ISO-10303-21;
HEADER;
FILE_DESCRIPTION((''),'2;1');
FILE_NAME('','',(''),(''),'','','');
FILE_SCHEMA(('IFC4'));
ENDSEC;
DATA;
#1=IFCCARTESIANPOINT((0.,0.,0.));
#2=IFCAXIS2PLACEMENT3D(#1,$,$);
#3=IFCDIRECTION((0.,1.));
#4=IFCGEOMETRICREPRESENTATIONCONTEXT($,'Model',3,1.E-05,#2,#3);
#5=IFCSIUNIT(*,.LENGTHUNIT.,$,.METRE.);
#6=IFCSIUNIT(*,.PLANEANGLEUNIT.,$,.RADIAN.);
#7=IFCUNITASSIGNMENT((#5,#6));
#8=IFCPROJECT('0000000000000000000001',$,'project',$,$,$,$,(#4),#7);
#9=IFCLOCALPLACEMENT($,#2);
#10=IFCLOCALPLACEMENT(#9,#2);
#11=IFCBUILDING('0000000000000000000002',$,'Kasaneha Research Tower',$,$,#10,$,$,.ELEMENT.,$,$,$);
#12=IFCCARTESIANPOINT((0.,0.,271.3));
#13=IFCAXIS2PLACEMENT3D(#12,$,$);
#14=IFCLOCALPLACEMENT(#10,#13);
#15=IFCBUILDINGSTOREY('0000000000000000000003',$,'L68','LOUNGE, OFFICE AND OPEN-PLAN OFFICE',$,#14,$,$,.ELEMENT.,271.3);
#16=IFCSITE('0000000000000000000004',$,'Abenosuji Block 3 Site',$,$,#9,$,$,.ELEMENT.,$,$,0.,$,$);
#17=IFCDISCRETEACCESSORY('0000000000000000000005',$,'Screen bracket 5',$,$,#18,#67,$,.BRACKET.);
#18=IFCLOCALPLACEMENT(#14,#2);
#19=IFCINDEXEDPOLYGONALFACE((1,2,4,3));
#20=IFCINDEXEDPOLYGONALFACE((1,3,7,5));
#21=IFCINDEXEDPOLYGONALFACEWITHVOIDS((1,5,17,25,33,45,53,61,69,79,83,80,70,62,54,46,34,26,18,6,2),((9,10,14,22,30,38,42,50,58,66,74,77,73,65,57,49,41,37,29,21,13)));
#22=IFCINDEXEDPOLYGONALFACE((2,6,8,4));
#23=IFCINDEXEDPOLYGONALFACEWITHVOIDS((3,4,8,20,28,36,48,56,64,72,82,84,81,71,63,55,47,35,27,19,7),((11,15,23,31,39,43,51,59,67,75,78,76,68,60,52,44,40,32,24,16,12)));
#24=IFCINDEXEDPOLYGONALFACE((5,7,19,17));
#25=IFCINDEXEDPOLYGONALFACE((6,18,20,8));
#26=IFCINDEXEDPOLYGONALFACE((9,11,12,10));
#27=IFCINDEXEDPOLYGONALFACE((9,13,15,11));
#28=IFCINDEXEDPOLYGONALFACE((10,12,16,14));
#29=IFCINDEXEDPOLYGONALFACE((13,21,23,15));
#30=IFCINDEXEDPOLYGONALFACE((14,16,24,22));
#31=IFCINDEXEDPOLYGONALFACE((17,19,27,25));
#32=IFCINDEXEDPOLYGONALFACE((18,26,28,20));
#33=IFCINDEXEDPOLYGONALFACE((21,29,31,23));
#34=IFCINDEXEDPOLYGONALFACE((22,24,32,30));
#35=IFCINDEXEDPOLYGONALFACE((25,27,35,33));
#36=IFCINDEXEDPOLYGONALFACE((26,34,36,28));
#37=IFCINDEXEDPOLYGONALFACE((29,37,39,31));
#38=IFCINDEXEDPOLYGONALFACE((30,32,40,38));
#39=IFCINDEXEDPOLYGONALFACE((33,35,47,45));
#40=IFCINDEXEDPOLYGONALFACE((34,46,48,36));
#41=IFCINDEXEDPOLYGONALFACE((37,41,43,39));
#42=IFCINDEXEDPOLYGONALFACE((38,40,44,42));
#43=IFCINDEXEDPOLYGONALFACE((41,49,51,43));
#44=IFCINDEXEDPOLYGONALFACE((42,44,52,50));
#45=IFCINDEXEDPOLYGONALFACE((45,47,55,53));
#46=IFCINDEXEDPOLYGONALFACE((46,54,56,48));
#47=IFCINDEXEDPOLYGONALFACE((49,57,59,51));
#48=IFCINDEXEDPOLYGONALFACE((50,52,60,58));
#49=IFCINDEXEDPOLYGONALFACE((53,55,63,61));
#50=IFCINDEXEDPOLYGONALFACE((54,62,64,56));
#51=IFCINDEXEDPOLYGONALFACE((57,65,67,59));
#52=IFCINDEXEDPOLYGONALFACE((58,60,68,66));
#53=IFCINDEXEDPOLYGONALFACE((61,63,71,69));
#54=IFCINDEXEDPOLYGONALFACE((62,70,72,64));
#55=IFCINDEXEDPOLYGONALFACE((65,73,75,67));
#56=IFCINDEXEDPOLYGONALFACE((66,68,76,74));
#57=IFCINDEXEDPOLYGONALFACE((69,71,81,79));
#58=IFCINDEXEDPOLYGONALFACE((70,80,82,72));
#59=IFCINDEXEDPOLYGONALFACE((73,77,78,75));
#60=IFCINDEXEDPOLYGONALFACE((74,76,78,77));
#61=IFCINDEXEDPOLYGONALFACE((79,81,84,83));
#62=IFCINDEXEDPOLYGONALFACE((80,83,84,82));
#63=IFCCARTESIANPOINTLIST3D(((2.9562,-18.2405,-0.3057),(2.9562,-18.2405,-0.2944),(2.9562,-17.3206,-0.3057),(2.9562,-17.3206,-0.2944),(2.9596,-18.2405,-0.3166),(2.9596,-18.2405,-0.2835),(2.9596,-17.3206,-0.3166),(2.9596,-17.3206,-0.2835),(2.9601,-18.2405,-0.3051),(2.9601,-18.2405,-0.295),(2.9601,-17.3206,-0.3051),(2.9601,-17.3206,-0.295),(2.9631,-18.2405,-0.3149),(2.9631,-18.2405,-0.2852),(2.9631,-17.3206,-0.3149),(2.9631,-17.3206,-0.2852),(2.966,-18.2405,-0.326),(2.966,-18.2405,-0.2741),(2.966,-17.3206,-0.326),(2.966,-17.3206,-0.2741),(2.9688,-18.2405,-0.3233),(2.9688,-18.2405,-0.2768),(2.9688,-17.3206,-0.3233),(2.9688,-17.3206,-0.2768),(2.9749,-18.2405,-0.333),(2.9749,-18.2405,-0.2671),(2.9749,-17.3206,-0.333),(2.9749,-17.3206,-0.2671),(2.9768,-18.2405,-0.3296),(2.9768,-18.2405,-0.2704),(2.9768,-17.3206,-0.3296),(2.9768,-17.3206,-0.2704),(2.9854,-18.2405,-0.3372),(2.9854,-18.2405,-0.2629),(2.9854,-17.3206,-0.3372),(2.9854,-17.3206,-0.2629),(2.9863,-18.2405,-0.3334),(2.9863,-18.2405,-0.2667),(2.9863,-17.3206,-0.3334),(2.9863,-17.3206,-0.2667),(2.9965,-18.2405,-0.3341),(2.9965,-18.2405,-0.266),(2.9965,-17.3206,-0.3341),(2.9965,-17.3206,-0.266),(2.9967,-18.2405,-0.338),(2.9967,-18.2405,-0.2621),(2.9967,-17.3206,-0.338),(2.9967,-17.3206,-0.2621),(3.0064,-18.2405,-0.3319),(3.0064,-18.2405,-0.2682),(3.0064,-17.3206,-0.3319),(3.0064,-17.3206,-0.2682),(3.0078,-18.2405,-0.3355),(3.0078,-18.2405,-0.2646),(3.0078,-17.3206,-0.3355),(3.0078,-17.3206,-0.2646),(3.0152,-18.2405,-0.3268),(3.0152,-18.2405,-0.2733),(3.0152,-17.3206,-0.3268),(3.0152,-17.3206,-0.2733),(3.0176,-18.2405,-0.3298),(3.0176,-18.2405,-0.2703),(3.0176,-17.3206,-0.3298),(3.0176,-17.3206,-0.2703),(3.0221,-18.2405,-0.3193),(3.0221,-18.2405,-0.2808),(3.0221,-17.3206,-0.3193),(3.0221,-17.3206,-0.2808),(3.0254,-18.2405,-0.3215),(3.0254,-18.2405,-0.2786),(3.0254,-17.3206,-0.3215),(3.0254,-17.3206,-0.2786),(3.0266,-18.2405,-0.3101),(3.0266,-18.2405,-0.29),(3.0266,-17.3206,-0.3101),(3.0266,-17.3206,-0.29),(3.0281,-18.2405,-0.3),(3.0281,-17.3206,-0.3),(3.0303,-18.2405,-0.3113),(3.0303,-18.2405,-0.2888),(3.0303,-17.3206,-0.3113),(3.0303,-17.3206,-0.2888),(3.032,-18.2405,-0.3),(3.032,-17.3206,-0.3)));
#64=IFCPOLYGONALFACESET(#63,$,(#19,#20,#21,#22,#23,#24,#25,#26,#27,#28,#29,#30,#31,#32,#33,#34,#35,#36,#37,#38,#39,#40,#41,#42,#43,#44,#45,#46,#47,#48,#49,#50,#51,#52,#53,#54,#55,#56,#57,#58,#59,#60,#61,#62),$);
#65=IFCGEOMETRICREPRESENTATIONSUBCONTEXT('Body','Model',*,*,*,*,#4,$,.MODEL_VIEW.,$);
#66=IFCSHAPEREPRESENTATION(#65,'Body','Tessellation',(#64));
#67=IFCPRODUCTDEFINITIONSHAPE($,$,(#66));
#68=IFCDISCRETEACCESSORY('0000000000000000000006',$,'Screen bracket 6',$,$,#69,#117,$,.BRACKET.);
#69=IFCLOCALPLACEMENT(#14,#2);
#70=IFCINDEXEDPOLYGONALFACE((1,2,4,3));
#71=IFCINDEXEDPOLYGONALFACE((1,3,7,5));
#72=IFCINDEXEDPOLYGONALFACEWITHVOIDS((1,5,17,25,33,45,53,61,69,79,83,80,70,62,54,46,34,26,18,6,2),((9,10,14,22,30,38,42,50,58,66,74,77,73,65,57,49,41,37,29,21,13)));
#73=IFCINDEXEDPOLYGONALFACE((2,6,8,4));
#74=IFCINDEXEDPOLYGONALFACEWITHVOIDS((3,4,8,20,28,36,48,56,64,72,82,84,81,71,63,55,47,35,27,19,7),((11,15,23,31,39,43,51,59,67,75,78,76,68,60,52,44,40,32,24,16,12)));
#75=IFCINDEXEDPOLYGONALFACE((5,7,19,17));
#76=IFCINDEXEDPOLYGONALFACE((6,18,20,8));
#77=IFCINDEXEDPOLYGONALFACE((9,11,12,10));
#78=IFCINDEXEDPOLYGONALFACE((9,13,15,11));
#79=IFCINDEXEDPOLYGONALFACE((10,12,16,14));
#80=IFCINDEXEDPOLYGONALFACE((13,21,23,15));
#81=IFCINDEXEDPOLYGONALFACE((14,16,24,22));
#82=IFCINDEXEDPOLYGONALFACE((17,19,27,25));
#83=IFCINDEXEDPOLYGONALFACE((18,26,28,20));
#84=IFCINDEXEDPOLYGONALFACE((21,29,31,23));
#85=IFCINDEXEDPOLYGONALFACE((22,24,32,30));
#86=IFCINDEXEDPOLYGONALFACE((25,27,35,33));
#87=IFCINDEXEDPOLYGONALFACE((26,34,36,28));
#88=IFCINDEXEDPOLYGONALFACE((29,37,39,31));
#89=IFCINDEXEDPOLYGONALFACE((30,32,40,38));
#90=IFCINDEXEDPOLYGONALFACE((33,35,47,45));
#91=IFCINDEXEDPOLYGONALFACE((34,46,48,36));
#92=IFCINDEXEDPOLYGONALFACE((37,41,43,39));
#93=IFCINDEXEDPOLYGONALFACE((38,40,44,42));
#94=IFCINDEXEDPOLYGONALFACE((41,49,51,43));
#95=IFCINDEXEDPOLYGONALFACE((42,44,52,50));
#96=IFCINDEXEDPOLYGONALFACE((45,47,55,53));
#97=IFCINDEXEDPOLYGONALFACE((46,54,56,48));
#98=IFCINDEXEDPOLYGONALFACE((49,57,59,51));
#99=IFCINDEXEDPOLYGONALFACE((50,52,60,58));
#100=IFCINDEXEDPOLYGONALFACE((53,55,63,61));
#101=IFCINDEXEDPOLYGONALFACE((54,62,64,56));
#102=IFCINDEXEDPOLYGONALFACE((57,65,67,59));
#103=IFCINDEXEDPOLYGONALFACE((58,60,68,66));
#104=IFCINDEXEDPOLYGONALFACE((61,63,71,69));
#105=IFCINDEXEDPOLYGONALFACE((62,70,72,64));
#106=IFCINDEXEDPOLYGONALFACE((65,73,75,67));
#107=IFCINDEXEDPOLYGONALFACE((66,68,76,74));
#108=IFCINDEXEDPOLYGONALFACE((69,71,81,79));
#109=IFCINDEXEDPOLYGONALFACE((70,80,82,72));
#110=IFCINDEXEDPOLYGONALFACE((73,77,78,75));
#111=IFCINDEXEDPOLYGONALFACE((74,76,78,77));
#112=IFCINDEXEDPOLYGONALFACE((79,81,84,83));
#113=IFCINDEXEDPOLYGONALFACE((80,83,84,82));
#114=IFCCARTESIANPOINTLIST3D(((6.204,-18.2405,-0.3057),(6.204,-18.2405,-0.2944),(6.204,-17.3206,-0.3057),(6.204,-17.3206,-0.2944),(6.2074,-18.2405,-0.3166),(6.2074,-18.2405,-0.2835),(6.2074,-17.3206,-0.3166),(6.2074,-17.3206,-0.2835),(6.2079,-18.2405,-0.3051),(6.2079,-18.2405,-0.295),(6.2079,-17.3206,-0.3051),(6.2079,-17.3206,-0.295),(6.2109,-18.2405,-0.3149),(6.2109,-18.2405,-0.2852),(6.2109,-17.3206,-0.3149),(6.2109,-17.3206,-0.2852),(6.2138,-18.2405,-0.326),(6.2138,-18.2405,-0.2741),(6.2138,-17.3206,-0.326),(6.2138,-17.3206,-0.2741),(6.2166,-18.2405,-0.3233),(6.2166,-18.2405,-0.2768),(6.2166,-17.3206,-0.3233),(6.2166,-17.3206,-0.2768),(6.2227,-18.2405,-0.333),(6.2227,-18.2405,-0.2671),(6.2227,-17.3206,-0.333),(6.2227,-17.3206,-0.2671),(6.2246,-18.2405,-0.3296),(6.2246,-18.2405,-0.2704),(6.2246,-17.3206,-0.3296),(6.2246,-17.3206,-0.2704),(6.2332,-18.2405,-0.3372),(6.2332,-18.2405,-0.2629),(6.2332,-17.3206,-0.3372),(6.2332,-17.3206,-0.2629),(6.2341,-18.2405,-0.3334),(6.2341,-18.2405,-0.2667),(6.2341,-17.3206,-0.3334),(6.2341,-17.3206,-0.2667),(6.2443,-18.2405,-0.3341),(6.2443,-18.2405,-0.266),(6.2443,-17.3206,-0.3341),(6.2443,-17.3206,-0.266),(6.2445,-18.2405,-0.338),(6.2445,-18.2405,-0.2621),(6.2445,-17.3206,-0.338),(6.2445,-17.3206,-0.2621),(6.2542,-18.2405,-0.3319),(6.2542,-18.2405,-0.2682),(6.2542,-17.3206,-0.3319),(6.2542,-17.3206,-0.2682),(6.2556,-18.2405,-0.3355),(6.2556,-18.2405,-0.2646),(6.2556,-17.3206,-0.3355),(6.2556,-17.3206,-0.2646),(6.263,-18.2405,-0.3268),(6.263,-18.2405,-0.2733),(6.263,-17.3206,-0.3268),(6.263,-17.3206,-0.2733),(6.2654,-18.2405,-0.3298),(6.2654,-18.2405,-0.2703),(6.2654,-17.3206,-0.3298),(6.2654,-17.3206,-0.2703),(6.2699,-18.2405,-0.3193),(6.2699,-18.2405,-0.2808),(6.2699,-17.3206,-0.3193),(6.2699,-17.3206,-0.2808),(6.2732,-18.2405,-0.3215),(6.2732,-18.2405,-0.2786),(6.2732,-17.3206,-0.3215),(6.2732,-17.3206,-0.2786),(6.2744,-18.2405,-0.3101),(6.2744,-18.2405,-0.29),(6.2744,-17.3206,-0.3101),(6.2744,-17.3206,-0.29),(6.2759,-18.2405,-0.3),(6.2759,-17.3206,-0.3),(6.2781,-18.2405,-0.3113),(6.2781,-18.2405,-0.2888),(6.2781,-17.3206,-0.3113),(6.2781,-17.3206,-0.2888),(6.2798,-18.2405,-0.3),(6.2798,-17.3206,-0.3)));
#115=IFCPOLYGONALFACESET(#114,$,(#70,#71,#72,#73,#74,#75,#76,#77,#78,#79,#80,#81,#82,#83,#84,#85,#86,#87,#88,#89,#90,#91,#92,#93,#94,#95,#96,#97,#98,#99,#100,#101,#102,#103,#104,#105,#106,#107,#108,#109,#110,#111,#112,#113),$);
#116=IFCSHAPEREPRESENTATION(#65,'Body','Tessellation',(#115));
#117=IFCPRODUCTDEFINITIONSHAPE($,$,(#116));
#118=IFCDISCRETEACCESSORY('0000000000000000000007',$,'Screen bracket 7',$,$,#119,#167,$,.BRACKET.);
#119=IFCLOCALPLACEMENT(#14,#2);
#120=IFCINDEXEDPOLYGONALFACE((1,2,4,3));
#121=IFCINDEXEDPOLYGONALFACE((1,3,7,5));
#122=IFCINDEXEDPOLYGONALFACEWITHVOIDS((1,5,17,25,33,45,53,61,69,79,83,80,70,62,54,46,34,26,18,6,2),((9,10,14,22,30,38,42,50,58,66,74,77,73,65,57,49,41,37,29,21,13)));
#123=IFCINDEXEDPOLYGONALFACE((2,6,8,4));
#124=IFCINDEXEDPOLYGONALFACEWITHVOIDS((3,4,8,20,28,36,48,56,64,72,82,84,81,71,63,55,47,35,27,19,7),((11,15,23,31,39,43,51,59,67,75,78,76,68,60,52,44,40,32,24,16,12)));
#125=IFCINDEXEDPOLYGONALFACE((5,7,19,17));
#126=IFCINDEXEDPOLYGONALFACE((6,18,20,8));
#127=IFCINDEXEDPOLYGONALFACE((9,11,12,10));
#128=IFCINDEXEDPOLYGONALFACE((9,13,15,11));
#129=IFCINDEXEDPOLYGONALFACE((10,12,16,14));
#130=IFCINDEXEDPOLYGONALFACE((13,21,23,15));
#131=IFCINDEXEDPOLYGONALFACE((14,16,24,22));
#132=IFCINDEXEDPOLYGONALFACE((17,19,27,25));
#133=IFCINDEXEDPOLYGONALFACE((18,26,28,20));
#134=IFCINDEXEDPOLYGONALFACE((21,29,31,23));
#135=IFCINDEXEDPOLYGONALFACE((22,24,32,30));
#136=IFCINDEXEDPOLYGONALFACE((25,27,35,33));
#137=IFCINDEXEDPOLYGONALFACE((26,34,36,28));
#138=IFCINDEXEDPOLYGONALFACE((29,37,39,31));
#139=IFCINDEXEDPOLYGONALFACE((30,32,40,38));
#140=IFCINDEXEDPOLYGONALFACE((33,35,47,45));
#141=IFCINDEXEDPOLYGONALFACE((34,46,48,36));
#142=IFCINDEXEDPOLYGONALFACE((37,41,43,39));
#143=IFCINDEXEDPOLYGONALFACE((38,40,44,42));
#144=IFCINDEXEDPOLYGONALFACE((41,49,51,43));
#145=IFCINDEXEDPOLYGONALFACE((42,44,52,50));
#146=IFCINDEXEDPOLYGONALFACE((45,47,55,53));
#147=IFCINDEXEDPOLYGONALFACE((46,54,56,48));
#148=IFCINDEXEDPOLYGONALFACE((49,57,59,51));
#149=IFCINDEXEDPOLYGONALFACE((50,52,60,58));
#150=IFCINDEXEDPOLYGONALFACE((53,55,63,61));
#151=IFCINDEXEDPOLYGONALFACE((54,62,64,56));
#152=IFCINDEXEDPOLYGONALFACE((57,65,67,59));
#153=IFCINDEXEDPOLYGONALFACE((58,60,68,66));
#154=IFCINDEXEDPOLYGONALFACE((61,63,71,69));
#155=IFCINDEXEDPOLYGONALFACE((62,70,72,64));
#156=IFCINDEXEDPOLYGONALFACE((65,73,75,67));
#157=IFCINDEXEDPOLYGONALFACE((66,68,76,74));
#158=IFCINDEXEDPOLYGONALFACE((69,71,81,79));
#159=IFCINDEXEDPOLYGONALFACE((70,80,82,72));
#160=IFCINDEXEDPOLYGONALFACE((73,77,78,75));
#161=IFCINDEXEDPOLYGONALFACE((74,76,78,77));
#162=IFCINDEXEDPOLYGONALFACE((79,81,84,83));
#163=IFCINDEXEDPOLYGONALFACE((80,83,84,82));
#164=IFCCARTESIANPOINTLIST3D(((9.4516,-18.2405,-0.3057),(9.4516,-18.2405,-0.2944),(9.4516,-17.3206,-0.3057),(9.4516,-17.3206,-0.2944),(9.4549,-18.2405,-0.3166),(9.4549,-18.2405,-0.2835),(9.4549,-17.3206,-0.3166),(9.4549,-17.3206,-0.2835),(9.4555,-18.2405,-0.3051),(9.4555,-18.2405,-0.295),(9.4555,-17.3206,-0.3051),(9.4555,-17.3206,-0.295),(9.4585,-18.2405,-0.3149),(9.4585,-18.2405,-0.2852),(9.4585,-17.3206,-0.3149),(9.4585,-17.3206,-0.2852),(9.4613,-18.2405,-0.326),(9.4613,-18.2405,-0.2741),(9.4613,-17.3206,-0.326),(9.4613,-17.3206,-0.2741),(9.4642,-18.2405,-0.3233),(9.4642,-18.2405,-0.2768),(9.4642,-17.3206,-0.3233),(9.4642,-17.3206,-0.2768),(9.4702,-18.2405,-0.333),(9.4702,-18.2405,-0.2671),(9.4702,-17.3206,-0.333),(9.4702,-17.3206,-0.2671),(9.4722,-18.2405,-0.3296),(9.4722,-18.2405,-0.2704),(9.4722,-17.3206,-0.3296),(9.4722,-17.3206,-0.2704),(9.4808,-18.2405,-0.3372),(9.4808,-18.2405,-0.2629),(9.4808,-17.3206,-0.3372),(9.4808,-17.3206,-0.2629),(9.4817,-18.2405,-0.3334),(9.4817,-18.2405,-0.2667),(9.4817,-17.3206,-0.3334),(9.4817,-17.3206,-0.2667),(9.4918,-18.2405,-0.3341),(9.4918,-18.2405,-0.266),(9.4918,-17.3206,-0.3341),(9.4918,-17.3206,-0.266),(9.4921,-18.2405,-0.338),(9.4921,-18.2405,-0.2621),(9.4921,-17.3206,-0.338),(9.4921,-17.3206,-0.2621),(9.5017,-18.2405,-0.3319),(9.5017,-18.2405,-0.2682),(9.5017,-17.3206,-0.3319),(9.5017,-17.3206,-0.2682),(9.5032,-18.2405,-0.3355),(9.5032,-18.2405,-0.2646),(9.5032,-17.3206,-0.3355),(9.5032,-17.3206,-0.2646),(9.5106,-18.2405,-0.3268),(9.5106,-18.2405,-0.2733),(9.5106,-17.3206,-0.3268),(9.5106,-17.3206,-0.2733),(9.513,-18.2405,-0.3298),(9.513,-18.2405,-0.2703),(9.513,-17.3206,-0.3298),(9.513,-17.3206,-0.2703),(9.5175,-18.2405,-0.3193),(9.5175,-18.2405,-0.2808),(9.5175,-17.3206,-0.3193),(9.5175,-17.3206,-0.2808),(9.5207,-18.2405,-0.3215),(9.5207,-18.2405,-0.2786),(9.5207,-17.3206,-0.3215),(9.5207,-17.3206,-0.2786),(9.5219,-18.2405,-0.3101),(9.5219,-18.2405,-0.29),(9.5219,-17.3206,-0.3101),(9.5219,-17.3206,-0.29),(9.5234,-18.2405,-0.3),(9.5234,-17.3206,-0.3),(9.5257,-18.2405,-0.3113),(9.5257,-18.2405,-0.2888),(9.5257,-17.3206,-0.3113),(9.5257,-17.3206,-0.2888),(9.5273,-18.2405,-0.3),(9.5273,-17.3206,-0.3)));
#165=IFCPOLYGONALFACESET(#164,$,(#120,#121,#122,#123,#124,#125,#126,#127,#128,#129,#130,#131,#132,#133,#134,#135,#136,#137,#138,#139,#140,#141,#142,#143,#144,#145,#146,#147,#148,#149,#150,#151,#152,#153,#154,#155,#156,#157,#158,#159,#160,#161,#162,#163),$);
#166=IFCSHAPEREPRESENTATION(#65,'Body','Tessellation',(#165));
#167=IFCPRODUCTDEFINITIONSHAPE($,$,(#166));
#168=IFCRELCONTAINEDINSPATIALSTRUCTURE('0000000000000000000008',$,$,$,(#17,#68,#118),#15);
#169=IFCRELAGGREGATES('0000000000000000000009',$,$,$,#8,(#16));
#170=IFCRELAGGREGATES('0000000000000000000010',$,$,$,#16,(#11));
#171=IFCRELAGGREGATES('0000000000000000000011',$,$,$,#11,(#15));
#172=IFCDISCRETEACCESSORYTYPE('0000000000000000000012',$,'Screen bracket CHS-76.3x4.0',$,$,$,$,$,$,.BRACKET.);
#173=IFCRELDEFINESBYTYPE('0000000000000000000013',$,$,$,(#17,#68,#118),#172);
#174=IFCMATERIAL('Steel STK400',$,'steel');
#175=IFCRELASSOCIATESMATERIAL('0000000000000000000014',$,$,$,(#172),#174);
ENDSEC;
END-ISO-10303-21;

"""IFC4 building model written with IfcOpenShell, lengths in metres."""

from ifc_helpers import new_model, si_unit, direction, frame, origin, origin_2d, place, context, subcontext, project, spatial, hollow_circle, extrude, material, material_profile, profile_set, type_object, element, save


model = new_model("IFC4")

# Units and contexts
model_context = context("Model", 3, precision=1e-05, world=origin(), true_north=direction((0.0, 1.0)))
body_context = subcontext(model_context, "Body", "Model", "MODEL_VIEW")
ifc_project = project(units=[si_unit("LENGTHUNIT", "METRE"), si_unit("PLANEANGLEUNIT", "RADIAN")], contexts=[model_context])

# Site, building, storey
site_placement = place(None, origin())
site = spatial("IfcSite", under=ifc_project, at=site_placement, Name="Abenosuji Block 3 Site", CompositionType="ELEMENT", RefElevation=0.0)
building_placement = place(site_placement, origin())
building = spatial("IfcBuilding", under=site, at=building_placement, Name="Kasaneha Research Tower", CompositionType="ELEMENT")
storey_placement = place(building_placement, frame((0.0, 0.0, 271.3)))
storey = spatial("IfcBuildingStorey", under=building, at=storey_placement, Name="L68", Description="LOUNGE, OFFICE AND OPEN-PLAN OFFICE", CompositionType="ELEMENT", Elevation=271.3)

# Discrete accessories
ifc_material_1 = material(Name="Steel STK400", Category="steel")
ifc_material_profile_1 = material_profile(ifc_material_1, hollow_circle(Radius=0.0381, WallThickness=0.0039, at=origin_2d()), Name="CHS-76.3x4.0")
ifc_profile_set_1 = profile_set([ifc_material_profile_1], Name="Steel STK400")
discrete_accessory_type = type_object("IfcDiscreteAccessoryType", Name="Screen bracket CHS-76.3x4.0", PredefinedType="BRACKET", material=ifc_profile_set_1)
for number, where, z_axis, x_axis, name in (
    (1, (2.9939, -17.3206, -0.3), (0.0, -1.0, 0.0), (1.0, 0.0, 0.0), "Screen bracket 5"),
    (2, (6.2417, -17.3206, -0.3), (0.0, -1.0, 0.0), (1.0, 0.0, 0.0), "Screen bracket 6"),
    (3, (9.4893, -17.3206, -0.3), (0.0, -1.0, 0.0), (1.0, 0.0, 0.0), "Screen bracket 7"),
):
    element("IfcDiscreteAccessory", number, at=place(storey_placement, frame(where, z_axis=z_axis, x_axis=x_axis)), inside=storey, type_object=discrete_accessory_type, Name=name, PredefinedType="BRACKET", context=body_context, shape_type="SweptSolid", body=[
        extrude(hollow_circle(Radius=0.0381, WallThickness=0.0039, at=origin_2d()), origin(), (0.0, 0.0, 1.0), 0.9199),
    ])

save(model, "model.ifc")
